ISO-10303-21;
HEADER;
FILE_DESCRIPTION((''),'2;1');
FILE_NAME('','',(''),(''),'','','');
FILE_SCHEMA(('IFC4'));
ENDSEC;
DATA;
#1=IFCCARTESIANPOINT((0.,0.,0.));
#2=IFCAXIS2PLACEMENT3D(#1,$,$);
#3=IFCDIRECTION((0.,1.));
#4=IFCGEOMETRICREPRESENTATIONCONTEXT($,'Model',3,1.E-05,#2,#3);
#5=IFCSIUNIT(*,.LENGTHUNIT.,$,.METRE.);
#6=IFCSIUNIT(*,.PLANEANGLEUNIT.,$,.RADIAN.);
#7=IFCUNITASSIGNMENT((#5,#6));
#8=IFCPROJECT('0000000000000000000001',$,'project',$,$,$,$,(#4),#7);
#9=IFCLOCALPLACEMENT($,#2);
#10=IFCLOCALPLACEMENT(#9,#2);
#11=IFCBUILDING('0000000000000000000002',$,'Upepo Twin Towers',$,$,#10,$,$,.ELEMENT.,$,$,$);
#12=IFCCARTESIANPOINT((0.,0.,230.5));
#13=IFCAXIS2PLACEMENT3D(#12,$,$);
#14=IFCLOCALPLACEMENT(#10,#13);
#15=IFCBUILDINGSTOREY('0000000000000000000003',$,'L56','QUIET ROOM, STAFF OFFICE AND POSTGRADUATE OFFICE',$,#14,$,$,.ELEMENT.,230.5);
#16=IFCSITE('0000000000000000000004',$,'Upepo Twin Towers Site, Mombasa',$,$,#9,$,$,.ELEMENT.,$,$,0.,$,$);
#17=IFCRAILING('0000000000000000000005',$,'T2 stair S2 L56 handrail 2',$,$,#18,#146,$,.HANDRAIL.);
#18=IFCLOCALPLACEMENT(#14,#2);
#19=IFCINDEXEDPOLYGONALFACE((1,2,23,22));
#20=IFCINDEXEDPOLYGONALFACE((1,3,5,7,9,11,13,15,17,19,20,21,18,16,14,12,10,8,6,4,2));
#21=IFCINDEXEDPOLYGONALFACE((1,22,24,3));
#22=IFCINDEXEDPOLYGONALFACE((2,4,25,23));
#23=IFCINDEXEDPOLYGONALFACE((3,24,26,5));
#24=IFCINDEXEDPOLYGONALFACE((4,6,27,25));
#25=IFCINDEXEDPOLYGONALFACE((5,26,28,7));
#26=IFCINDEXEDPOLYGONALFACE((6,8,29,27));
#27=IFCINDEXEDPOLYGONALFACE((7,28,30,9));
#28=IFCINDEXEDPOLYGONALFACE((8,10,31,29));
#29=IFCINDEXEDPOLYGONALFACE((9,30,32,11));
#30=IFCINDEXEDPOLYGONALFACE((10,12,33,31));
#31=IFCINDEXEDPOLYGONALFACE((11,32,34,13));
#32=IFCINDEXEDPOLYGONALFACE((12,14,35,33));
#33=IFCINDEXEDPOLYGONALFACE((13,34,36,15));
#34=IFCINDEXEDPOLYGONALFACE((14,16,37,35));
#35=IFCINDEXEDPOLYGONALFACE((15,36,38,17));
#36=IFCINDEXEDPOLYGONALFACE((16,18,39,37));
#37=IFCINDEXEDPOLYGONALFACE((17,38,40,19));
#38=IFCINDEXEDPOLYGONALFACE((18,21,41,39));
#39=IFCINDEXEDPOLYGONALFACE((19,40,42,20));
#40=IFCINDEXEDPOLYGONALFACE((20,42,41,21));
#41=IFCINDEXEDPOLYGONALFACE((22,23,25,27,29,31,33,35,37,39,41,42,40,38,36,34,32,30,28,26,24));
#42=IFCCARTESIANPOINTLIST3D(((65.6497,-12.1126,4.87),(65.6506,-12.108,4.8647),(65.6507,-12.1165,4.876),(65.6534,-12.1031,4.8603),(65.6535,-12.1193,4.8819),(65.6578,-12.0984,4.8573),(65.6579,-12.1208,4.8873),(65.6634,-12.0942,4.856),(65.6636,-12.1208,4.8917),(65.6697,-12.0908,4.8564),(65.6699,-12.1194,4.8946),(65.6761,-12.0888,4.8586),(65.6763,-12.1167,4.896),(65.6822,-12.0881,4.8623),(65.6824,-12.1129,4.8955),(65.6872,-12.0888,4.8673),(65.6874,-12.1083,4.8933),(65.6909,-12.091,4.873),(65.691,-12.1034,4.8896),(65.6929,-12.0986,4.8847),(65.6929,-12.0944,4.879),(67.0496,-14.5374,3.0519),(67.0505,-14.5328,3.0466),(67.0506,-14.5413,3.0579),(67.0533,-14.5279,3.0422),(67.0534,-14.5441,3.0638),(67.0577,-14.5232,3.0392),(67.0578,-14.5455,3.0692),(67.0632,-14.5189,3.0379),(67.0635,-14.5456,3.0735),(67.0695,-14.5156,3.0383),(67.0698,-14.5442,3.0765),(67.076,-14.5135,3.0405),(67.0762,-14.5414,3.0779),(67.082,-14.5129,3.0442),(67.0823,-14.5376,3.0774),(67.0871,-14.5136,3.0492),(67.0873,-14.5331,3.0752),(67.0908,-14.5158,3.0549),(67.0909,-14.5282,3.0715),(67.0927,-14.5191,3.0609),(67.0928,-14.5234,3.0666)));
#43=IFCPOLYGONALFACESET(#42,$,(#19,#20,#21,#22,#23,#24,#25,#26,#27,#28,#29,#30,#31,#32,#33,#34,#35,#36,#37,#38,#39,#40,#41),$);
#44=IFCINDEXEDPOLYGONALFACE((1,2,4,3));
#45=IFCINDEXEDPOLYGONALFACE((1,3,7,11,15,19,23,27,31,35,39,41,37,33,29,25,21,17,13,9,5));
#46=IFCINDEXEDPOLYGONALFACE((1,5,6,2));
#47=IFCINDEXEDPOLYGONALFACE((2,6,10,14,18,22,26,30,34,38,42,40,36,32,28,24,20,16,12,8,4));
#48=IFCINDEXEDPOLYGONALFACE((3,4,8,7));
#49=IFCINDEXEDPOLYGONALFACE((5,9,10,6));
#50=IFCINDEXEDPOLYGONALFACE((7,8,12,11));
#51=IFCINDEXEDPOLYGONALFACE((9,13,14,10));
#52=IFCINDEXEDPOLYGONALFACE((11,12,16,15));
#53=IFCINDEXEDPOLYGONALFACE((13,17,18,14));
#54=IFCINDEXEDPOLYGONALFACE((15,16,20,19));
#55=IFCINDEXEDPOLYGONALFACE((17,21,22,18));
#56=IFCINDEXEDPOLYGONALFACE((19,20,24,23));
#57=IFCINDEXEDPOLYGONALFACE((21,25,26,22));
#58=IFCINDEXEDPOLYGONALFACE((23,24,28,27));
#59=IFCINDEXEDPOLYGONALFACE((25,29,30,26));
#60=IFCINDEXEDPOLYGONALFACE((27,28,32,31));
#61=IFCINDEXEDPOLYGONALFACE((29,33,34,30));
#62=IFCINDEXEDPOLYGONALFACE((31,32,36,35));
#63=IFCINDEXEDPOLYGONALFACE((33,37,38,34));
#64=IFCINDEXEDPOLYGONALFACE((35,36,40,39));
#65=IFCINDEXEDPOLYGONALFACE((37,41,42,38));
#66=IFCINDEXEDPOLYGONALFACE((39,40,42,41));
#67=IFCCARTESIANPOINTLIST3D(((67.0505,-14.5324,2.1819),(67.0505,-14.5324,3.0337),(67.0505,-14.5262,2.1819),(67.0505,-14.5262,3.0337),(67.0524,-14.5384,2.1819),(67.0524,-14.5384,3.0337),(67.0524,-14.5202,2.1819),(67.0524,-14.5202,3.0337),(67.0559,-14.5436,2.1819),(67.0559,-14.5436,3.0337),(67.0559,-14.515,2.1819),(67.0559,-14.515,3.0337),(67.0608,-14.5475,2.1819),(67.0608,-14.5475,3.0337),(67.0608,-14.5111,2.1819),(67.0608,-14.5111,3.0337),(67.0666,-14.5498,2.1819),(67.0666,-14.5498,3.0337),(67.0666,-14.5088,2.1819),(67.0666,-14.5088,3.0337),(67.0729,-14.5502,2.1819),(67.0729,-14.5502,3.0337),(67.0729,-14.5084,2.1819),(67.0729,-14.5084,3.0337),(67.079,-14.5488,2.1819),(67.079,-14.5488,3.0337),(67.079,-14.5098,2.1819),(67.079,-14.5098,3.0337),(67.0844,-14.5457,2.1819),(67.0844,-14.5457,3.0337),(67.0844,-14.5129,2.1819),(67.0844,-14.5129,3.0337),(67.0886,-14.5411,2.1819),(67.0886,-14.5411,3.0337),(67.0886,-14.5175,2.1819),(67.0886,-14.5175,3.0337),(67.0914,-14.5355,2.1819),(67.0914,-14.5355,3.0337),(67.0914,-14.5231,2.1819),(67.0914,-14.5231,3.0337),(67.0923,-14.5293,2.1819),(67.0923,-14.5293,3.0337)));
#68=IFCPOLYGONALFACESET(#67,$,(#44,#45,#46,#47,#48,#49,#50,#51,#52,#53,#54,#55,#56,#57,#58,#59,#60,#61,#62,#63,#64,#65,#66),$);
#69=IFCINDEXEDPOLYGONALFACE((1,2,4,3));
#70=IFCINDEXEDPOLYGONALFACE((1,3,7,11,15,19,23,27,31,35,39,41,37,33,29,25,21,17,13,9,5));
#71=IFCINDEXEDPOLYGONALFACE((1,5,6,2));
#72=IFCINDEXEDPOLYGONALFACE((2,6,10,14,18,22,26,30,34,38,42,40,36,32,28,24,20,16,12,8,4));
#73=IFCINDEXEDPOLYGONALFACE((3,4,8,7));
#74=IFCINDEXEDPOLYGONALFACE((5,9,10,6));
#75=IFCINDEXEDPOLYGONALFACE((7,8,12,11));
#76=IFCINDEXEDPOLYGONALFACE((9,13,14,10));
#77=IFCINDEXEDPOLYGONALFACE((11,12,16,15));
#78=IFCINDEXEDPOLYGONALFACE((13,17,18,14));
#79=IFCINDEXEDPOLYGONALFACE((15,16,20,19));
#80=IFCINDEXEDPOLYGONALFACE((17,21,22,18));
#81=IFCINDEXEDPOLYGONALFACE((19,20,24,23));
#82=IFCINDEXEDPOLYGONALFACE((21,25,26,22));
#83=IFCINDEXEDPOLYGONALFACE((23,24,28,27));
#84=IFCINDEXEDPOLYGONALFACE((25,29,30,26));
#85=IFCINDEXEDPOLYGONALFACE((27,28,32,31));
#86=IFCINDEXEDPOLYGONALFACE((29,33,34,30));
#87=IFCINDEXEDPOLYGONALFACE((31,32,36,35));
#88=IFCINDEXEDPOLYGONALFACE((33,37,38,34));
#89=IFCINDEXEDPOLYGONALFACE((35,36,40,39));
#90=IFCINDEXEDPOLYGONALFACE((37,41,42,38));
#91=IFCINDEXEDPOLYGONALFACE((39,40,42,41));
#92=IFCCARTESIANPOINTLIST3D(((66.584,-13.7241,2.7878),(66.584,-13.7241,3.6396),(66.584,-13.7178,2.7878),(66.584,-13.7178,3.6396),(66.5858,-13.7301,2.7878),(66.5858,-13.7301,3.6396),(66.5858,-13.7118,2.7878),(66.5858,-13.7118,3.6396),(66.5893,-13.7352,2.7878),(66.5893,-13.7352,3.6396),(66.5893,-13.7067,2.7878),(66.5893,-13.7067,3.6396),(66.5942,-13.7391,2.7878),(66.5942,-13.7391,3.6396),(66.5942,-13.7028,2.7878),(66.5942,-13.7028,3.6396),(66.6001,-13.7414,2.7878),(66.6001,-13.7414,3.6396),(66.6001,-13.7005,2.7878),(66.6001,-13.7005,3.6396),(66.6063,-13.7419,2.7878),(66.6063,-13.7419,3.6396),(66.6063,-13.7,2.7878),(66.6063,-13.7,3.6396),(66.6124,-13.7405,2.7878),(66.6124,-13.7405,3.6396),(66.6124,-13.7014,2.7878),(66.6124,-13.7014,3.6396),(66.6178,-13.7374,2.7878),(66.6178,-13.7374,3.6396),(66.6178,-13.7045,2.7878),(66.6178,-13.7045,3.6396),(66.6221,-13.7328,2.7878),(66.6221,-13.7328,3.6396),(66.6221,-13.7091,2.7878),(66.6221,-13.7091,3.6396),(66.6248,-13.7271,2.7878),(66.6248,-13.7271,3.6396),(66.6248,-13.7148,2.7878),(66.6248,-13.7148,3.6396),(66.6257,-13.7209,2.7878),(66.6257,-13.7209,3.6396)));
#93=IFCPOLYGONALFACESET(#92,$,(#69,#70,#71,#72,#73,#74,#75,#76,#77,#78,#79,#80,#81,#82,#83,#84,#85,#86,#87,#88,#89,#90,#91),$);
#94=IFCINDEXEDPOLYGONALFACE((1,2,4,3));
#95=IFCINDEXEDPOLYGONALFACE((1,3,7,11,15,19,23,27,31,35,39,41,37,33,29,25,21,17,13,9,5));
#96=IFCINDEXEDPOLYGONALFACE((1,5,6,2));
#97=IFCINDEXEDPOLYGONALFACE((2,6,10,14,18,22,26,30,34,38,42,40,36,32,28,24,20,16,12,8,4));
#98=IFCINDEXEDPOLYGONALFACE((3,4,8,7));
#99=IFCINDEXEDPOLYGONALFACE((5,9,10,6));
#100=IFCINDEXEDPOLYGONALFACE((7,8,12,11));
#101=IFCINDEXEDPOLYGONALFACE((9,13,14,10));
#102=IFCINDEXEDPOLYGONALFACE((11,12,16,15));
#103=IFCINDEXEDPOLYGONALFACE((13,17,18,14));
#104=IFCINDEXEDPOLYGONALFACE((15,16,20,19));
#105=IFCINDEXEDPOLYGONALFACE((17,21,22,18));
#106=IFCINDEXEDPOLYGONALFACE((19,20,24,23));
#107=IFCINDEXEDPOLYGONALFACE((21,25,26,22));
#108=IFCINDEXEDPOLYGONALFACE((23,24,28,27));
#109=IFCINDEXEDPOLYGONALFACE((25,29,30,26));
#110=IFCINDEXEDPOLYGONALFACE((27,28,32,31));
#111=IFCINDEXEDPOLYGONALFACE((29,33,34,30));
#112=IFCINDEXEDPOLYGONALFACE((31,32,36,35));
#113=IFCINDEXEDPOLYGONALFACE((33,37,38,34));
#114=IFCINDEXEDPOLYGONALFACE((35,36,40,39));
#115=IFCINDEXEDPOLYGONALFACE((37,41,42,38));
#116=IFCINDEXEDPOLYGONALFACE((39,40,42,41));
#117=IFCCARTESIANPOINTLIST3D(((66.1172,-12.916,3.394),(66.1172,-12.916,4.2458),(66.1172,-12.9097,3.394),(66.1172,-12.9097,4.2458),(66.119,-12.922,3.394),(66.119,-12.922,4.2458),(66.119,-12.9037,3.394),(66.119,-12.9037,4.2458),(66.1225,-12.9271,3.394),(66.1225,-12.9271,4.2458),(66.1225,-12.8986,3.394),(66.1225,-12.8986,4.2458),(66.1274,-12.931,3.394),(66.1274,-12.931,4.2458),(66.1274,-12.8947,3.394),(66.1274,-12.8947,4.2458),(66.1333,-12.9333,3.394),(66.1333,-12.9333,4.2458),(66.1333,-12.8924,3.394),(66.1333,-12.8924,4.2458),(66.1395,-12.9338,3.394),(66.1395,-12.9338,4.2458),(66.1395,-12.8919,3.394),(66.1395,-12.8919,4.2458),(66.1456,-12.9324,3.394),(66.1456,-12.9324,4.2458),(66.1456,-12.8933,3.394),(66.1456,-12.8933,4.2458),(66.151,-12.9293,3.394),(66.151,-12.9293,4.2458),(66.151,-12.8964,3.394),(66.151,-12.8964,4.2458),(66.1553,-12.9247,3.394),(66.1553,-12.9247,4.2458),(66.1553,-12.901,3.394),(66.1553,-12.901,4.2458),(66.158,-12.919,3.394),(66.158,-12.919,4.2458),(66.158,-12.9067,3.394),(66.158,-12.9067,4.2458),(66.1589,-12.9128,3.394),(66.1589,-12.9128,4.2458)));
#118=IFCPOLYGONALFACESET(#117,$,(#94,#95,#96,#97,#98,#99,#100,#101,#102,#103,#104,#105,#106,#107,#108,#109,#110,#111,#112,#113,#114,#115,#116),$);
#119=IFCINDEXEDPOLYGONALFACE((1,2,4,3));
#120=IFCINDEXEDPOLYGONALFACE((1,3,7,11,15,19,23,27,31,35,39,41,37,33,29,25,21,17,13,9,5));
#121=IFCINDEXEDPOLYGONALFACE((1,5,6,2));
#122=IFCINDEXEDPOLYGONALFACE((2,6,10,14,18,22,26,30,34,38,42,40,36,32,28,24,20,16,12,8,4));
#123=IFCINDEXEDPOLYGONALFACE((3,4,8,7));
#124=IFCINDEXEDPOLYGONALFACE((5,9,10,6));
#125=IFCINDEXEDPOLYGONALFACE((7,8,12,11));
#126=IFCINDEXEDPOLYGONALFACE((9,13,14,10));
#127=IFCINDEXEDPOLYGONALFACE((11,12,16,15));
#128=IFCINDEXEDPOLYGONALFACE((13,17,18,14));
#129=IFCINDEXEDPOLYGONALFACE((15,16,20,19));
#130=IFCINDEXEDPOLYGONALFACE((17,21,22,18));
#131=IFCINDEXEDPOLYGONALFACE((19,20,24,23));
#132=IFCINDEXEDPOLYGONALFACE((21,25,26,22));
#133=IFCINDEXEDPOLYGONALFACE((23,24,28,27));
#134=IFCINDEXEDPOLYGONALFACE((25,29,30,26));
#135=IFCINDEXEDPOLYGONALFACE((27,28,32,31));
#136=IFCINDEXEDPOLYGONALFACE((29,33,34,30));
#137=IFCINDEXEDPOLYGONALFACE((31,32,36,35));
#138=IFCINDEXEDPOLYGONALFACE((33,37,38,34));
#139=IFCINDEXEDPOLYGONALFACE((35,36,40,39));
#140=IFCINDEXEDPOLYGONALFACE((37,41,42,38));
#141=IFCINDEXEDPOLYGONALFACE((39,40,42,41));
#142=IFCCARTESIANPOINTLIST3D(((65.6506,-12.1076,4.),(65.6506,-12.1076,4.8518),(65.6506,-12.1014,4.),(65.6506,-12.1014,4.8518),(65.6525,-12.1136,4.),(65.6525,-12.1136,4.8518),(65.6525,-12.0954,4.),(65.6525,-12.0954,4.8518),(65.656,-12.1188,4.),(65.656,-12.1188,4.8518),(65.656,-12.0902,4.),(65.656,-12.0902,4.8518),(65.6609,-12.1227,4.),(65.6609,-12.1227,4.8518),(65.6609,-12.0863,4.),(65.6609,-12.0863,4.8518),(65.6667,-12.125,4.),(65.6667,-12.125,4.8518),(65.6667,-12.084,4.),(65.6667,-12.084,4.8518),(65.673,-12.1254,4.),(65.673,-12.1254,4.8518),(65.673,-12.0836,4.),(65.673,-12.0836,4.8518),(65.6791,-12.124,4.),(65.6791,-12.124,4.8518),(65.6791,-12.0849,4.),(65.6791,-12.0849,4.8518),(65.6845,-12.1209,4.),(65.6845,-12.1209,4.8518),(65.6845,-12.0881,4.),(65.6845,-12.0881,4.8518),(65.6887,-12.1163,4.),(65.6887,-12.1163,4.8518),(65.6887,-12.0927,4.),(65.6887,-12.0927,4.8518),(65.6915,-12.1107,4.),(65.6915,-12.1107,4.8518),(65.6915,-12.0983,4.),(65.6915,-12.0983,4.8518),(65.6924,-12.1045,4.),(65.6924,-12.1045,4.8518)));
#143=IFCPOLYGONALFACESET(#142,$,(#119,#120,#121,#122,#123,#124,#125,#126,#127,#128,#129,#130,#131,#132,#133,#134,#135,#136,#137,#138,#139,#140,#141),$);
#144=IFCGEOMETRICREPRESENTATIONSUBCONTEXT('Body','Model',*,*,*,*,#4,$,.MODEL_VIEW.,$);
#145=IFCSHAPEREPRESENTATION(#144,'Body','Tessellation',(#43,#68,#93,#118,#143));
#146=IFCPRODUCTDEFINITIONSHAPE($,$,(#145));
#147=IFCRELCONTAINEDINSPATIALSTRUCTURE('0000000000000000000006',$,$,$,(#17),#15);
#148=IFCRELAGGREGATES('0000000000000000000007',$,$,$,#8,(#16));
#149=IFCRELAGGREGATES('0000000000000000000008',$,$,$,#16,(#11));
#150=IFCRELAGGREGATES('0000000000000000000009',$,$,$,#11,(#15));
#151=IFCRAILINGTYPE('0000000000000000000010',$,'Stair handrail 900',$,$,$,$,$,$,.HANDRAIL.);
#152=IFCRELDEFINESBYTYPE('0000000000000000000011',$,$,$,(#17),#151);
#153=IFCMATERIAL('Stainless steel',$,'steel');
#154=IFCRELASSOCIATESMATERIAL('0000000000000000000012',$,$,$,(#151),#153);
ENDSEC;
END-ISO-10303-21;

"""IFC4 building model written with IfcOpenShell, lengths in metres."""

from ifc_helpers import new_model, si_unit, direction, frame, origin, origin_2d, place, context, subcontext, project, spatial, circle, extrude, material, type_object, element, save


model = new_model("IFC4")

# Units and contexts
model_context = context("Model", 3, precision=1e-05, world=origin(), true_north=direction((0.0, 1.0)))
body_context = subcontext(model_context, "Body", "Model", "MODEL_VIEW")
ifc_project = project(units=[si_unit("LENGTHUNIT", "METRE"), si_unit("PLANEANGLEUNIT", "RADIAN")], contexts=[model_context])

# Site, building, storey
site_placement = place(None, origin())
site = spatial("IfcSite", under=ifc_project, at=site_placement, Name="Upepo Twin Towers Site, Mombasa", CompositionType="ELEMENT", RefElevation=0.0)
building_placement = place(site_placement, origin())
building = spatial("IfcBuilding", under=site, at=building_placement, Name="Upepo Twin Towers", CompositionType="ELEMENT")
storey_placement = place(building_placement, frame((0.0, 0.0, 230.5)))
storey = spatial("IfcBuildingStorey", under=building, at=storey_placement, Name="L56", Description="QUIET ROOM, STAFF OFFICE AND POSTGRADUATE OFFICE", CompositionType="ELEMENT", Elevation=230.5)

# Railing
ifc_material_1 = material(Name="Stainless steel", Category="steel")
railing_type = type_object("IfcRailingType", Name="Stair handrail 900", PredefinedType="HANDRAIL", material=ifc_material_1)
railing_1_placement = place(storey_placement, frame((67.0713, -14.5293, 2.1819)))
element("IfcRailing", 1, at=railing_1_placement, inside=storey, type_object=railing_type, Name="T2 stair S2 L56 handrail 2", PredefinedType="HANDRAIL", context=body_context, shape_type="SweptSolid", body=[
    extrude(circle(Radius=0.0239, at=origin_2d()), frame((0.0, 0.0, 0.876), z_axis=(-0.419333, 0.726336, 0.544606), x_axis=(-0.866035, -0.499984, 0.0)), (0.0, 0.0, 1.0), 3.3384),
    extrude(circle(Radius=0.021, at=origin_2d()), origin(), (0.0, 0.0, 1.0), 0.8518),
    extrude(circle(Radius=0.021, at=origin_2d()), frame((-0.4666, 0.8083, 0.606)), (0.0, 0.0, 1.0), 0.8518),
    extrude(circle(Radius=0.021, at=origin_2d()), frame((-0.9333, 1.6165, 1.2122)), (0.0, 0.0, 1.0), 0.8518),
    extrude(circle(Radius=0.021, at=origin_2d()), frame((-1.3999, 2.4248, 1.8181)), (0.0, 0.0, 1.0), 0.8518),
])

save(model, "model.ifc")
